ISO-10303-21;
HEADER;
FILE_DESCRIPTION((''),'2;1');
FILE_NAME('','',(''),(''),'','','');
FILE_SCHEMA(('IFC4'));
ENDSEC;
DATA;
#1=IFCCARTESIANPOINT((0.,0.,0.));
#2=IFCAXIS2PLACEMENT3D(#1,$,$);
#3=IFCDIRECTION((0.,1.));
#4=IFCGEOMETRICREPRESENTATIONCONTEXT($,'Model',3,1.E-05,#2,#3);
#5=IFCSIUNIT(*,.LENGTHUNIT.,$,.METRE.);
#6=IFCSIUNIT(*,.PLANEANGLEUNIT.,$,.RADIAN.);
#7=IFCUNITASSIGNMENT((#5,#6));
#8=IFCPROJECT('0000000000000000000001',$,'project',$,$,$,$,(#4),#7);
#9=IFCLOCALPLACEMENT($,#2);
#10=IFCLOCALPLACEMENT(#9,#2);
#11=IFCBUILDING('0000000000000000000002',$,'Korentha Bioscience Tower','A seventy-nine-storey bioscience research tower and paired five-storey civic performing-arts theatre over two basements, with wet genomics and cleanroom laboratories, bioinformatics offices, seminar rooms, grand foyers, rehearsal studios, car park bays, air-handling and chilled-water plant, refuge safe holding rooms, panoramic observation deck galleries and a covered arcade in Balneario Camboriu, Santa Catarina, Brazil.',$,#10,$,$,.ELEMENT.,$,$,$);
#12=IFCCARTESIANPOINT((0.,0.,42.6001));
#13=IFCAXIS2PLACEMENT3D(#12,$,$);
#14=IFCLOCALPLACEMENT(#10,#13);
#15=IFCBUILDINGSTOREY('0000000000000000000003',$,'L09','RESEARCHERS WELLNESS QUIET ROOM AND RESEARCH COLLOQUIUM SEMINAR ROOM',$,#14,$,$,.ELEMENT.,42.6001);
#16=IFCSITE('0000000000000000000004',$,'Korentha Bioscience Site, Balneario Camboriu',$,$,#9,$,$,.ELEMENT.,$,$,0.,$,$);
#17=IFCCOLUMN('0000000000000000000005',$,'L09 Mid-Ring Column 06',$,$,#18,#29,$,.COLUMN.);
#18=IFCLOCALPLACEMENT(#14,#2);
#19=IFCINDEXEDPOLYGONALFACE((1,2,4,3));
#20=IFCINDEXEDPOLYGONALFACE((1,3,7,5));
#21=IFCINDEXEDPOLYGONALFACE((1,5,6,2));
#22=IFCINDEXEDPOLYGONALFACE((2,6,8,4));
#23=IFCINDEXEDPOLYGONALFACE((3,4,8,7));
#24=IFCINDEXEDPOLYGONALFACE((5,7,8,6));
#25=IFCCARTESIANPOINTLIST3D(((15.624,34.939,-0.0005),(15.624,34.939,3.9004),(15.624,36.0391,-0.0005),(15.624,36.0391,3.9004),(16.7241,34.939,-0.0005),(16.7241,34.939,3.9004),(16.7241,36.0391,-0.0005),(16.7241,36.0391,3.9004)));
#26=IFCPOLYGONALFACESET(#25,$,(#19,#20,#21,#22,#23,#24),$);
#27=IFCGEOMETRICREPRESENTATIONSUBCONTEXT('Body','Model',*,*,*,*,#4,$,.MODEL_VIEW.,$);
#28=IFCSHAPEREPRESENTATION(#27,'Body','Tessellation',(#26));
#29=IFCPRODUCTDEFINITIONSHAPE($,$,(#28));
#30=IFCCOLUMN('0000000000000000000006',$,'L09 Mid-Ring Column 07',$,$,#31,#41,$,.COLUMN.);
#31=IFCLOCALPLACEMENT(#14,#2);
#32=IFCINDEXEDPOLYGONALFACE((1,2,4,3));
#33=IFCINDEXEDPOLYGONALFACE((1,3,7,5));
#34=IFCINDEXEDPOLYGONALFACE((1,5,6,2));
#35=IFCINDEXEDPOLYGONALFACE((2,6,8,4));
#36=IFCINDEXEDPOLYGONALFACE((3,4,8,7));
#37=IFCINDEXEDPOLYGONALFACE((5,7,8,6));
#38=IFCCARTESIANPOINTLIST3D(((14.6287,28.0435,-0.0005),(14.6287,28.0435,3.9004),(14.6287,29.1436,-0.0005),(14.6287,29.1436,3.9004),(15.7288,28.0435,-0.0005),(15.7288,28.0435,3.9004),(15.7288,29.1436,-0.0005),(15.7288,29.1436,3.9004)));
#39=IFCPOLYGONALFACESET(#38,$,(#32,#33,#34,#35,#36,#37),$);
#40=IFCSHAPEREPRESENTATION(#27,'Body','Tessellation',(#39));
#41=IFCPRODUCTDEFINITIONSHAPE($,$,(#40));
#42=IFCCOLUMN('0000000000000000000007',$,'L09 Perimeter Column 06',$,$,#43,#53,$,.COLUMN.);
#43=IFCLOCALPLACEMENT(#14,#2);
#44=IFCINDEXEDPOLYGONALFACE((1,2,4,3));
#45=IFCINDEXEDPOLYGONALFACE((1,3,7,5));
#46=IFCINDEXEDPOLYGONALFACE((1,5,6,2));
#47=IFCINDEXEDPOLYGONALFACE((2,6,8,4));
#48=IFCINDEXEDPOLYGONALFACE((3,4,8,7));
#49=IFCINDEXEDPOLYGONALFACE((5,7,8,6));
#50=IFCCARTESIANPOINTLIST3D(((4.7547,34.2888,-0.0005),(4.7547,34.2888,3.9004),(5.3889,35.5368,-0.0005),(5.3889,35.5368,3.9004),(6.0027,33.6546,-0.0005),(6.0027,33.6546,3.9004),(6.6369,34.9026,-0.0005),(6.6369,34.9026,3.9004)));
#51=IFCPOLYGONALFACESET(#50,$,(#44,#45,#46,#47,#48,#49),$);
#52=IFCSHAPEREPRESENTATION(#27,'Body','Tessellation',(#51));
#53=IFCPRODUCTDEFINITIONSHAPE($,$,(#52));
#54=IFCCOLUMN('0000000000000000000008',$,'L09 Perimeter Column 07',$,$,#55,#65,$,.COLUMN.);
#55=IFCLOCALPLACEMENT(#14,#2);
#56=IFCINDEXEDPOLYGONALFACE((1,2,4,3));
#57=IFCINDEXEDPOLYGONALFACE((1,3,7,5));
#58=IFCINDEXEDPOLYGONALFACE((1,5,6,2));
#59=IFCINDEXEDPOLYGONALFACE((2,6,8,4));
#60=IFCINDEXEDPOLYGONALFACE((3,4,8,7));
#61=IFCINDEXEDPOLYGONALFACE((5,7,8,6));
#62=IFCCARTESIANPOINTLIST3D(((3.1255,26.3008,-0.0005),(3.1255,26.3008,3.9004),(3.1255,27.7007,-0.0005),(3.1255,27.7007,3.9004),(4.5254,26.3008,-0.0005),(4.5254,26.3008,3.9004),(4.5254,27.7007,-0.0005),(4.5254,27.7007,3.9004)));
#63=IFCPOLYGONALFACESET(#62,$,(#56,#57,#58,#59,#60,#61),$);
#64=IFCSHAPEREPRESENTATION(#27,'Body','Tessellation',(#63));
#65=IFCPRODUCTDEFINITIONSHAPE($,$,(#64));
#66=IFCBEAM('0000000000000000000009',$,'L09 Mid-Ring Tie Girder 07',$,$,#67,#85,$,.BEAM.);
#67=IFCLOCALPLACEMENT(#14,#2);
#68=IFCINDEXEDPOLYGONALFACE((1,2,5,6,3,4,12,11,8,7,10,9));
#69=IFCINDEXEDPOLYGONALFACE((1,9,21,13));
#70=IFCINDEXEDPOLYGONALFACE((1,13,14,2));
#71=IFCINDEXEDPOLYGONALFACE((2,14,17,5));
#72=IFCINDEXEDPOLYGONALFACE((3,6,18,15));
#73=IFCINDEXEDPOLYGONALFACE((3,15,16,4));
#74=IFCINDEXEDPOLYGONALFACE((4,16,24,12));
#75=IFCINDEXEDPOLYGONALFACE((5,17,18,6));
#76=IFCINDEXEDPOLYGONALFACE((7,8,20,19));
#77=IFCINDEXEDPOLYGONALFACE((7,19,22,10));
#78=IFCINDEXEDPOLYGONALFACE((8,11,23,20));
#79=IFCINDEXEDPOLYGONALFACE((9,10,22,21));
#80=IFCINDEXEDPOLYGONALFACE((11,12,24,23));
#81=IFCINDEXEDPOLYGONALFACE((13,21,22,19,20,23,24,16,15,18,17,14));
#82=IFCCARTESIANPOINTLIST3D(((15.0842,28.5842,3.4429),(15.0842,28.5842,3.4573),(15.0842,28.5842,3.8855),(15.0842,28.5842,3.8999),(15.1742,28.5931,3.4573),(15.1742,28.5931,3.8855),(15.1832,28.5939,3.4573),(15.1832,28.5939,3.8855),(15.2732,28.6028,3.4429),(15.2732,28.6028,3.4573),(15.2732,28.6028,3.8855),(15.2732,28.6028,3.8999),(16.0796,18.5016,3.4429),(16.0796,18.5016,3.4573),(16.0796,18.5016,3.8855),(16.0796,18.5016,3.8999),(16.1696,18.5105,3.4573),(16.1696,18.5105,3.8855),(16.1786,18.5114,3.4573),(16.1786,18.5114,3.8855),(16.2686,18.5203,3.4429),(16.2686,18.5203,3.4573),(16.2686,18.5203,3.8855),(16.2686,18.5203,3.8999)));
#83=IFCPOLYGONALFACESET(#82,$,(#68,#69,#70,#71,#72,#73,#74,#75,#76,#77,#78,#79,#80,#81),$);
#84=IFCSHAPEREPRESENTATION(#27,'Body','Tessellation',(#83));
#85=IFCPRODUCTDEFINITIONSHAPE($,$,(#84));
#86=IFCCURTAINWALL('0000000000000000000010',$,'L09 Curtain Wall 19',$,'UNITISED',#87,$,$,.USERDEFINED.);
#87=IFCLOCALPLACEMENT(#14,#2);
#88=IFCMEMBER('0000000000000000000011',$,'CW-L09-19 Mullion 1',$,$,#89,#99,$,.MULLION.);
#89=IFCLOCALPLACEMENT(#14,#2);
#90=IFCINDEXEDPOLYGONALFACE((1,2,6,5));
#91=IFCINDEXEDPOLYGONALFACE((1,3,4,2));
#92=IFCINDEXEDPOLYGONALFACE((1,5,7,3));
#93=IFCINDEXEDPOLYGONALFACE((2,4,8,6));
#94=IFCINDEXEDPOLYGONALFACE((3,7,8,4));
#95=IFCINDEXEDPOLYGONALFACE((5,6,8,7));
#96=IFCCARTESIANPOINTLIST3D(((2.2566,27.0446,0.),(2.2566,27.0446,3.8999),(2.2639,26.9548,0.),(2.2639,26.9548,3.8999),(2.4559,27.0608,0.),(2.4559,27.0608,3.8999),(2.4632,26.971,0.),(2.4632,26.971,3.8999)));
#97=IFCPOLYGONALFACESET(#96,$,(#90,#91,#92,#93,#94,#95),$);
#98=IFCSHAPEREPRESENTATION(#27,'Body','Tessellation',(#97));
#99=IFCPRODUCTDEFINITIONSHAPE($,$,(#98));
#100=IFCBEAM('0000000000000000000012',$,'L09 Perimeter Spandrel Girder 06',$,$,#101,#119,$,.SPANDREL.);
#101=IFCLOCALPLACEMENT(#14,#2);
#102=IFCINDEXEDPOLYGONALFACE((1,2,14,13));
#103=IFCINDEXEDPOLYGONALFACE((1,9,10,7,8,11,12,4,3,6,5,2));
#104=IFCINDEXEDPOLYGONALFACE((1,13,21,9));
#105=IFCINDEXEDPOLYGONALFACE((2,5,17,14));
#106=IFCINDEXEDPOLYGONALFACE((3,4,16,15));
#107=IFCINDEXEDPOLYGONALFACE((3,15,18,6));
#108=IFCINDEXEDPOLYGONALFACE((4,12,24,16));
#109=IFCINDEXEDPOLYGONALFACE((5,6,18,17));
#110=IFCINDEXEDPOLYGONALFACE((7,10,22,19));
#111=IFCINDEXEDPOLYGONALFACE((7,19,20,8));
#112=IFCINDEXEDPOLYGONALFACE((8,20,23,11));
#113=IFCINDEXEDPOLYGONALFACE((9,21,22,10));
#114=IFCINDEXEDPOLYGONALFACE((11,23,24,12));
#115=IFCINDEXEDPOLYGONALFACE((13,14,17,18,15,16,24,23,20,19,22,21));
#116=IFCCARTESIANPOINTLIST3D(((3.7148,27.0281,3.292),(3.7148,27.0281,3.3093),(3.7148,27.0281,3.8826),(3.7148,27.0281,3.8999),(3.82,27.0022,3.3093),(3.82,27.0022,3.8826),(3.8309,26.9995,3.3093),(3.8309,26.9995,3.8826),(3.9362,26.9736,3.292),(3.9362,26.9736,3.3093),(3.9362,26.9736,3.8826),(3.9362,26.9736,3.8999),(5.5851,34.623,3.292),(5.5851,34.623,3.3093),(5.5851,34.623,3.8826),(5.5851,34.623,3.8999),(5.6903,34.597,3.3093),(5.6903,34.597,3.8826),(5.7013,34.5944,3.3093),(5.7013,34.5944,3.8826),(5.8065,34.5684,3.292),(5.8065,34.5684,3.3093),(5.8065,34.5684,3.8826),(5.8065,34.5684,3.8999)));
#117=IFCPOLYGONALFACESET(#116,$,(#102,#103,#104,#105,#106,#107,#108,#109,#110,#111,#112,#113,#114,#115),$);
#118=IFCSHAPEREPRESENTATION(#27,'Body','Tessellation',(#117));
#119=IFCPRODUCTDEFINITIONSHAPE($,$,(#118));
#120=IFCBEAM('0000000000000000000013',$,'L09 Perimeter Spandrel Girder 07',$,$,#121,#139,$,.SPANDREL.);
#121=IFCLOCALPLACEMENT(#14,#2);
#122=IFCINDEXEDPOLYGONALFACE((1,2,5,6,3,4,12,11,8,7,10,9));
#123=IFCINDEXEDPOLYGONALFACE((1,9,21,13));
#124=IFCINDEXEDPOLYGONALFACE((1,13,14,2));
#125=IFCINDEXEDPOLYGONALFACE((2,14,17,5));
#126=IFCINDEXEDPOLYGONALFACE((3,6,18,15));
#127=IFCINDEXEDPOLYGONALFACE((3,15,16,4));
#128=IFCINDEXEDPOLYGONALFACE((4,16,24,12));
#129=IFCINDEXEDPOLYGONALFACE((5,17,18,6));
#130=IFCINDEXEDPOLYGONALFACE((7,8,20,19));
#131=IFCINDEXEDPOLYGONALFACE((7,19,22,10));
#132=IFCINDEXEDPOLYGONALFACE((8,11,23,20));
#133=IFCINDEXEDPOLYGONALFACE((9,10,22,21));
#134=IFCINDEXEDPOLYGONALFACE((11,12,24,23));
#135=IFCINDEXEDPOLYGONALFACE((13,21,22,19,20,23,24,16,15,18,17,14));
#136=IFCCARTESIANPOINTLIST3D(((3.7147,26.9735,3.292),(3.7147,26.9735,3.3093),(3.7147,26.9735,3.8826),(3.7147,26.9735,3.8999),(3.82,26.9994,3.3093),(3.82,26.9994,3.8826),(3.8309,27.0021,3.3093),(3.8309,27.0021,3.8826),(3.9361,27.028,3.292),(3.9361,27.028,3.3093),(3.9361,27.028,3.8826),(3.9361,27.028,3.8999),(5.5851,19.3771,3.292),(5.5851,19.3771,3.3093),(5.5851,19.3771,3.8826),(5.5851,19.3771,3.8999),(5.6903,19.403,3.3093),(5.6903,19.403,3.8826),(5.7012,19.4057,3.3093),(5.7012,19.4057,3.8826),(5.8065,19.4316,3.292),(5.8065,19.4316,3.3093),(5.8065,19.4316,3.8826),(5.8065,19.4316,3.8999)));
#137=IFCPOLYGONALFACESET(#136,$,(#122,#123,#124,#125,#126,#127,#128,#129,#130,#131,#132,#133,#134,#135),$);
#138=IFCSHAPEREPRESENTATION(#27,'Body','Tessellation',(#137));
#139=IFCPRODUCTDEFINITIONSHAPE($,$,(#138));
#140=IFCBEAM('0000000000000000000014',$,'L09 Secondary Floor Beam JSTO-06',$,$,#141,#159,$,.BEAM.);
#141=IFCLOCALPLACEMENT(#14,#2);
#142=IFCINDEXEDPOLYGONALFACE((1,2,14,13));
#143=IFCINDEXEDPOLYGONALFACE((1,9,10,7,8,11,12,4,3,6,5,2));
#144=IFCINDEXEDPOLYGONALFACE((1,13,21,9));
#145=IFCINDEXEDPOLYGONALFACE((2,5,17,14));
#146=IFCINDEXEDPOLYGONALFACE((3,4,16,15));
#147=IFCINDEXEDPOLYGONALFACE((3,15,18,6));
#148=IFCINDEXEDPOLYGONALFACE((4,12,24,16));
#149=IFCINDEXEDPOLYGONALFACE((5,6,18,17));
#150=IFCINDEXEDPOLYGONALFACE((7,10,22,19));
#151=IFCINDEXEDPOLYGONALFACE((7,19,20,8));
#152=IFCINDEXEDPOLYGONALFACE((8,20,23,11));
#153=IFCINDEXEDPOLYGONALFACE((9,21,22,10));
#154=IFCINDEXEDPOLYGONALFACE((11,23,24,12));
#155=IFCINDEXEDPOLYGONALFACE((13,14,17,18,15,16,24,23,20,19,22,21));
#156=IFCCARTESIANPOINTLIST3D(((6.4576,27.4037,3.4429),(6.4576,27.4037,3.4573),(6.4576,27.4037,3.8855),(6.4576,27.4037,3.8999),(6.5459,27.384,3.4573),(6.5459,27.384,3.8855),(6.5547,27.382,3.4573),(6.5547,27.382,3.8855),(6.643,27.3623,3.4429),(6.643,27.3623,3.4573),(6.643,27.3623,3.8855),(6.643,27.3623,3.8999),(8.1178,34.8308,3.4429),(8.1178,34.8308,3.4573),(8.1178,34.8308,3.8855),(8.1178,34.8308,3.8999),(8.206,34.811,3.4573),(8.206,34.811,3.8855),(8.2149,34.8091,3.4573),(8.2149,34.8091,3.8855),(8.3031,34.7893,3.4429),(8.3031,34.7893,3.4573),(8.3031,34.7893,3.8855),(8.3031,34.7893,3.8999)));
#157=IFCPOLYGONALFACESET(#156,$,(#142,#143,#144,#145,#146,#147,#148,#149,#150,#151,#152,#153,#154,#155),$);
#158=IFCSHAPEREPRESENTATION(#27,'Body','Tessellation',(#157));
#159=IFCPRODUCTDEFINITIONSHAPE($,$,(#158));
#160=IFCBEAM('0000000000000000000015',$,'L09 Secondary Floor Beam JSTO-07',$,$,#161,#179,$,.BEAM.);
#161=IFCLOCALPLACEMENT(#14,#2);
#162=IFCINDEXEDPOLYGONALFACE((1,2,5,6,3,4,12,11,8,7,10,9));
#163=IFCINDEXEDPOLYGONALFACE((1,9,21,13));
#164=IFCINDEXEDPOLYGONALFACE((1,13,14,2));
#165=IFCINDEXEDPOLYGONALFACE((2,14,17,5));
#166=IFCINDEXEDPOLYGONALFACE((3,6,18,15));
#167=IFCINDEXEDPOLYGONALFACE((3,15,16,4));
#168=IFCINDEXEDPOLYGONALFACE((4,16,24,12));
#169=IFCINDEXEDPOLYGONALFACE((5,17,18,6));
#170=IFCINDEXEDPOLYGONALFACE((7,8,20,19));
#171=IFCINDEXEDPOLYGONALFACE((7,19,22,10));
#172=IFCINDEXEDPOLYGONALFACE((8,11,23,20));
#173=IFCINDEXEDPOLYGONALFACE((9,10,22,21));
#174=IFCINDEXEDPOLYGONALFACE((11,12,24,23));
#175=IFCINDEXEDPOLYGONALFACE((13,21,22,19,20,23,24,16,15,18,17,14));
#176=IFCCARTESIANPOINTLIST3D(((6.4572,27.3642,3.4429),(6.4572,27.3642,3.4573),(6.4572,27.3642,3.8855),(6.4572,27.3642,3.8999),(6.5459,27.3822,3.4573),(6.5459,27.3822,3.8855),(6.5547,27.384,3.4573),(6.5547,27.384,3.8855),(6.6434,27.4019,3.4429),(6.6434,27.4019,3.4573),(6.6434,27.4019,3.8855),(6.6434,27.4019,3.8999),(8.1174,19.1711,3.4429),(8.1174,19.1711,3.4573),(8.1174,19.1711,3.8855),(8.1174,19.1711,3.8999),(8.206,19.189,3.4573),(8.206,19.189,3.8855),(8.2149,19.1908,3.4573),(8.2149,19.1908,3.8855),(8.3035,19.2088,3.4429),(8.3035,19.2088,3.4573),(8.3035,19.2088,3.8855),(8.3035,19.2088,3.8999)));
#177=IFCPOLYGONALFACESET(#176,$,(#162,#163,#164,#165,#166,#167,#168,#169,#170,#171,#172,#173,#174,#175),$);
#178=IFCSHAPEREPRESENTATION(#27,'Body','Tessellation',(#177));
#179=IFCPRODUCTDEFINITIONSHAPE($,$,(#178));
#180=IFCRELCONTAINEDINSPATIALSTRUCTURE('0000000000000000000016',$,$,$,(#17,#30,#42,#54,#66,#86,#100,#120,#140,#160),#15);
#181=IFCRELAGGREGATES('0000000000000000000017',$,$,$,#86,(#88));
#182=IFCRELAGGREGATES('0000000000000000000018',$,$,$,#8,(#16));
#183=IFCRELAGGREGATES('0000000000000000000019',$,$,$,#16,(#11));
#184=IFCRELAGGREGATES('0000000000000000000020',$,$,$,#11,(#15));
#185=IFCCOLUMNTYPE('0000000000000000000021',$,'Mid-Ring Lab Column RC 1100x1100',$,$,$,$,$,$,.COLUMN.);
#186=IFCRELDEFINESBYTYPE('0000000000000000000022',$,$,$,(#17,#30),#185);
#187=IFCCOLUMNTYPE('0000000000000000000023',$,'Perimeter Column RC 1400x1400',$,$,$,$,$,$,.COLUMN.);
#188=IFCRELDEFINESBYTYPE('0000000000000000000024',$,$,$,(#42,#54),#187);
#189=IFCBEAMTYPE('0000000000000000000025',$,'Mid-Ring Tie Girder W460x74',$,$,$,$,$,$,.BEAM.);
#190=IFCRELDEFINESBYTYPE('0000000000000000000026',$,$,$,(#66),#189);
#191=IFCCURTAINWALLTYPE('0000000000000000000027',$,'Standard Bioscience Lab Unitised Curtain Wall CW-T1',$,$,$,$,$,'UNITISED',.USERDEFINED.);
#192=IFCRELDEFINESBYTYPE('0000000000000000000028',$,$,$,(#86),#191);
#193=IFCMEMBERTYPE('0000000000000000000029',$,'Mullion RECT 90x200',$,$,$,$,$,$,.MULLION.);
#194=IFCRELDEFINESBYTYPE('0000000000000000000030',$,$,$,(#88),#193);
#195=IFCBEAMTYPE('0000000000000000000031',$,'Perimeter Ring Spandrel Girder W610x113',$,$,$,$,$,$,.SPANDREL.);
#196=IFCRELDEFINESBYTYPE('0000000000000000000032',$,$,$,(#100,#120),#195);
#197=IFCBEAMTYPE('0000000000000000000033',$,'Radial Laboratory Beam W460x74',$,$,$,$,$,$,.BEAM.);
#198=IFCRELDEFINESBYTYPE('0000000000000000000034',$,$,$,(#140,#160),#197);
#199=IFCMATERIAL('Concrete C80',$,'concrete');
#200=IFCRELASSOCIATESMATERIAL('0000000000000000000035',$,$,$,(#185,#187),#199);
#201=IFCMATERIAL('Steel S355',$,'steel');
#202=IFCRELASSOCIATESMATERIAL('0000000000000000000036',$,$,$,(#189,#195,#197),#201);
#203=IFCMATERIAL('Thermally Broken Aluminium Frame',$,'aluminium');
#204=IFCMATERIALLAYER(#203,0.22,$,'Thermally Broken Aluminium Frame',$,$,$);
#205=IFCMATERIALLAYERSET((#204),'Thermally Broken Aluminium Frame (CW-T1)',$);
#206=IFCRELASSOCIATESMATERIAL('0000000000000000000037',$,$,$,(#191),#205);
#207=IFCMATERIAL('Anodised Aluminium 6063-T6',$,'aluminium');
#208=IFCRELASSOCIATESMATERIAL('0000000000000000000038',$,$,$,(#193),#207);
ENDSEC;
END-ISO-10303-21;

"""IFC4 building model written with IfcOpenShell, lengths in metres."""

from ifc_helpers import new_model, si_unit, direction, frame, origin, origin_2d, place, context, subcontext, project, spatial, rectangle, i_section, extrude, material, layer, layer_set, material_profile, profile_set, type_object, element, aggregate, save


model = new_model("IFC4")

# Units and contexts
model_context = context("Model", 3, precision=1e-05, world=origin(), true_north=direction((0.0, 1.0)))
body_context = subcontext(model_context, "Body", "Model", "MODEL_VIEW")
ifc_project = project(units=[si_unit("LENGTHUNIT", "METRE"), si_unit("PLANEANGLEUNIT", "RADIAN")], contexts=[model_context])

# Site, building, storey
site_placement = place(None, origin())
site = spatial("IfcSite", under=ifc_project, at=site_placement, Name="Korentha Bioscience Site, Balneario Camboriu", CompositionType="ELEMENT", RefElevation=0.0)
building_placement = place(site_placement, origin())
building = spatial("IfcBuilding", under=site, at=building_placement, Name="Korentha Bioscience Tower", Description="A seventy-nine-storey bioscience research tower and paired five-storey civic performing-arts theatre over two basements, with wet genomics and cleanroom laboratories, bioinformatics offices, seminar rooms, grand foyers, rehearsal studios, car park bays, air-handling and chilled-water plant, refuge safe holding rooms, panoramic observation deck galleries and a covered arcade in Balneario Camboriu, Santa Catarina, Brazil.", CompositionType="ELEMENT")
storey_placement = place(building_placement, frame((0.0, 0.0, 42.6001)))
storey = spatial("IfcBuildingStorey", under=building, at=storey_placement, Name="L09", Description="RESEARCHERS WELLNESS QUIET ROOM AND RESEARCH COLLOQUIUM SEMINAR ROOM", CompositionType="ELEMENT", Elevation=42.6001)

# Columns
ifc_material_1 = material(Name="Concrete C80", Category="concrete")
ifc_material_profile_1 = material_profile(ifc_material_1, rectangle(XDim=1.1001, YDim=1.1001, at=origin_2d()), Name="Concrete C80")
ifc_profile_set_1 = profile_set([ifc_material_profile_1], Name="Concrete C80 (COL-MR11)")
column_type_1 = type_object("IfcColumnType", Name="Mid-Ring Lab Column RC 1100x1100", PredefinedType="COLUMN", material=ifc_profile_set_1)
for number, where, z_axis, x_axis, name in (
    (1, (16.1741, 35.489, -0.0005), (0.0, 0.0, 1.0), (1.0, 0.0, 0.0), "L09 Mid-Ring Column 06"),
    (2, (15.1787, 28.5935, -0.0005), (0.0, 0.0, 1.0), (1.0, 0.0, 0.0), "L09 Mid-Ring Column 07"),
):
    element("IfcColumn", number, at=place(storey_placement, frame(where, z_axis=z_axis, x_axis=x_axis)), inside=storey, type_object=column_type_1, Name=name, PredefinedType="COLUMN", context=body_context, shape_type="SweptSolid", body=[
        extrude(rectangle(XDim=1.1001, YDim=1.1001, at=origin_2d()), origin(), (0.0, 0.0, 1.0), 3.9009),
    ])
ifc_material_profile_2 = material_profile(ifc_material_1, rectangle(XDim=1.3999, YDim=1.3999, at=origin_2d()), Name="Concrete C80")
ifc_profile_set_2 = profile_set([ifc_material_profile_2], Name="Concrete C80 (COL-P14)")
column_type_2 = type_object("IfcColumnType", Name="Perimeter Column RC 1400x1400", PredefinedType="COLUMN", material=ifc_profile_set_2)
for number, where, z_axis, x_axis, name in (
    (3, (5.6958, 34.5957, -0.0005), (0.0, 0.0, 1.0), (0.453057, 0.891481, 0.0), "L09 Perimeter Column 06"),
    (4, (3.8254, 27.0007, -0.0005), (0.0, 0.0, 1.0), (0.0, 1.0, 0.0), "L09 Perimeter Column 07"),
):
    element("IfcColumn", number, at=place(storey_placement, frame(where, z_axis=z_axis, x_axis=x_axis)), inside=storey, type_object=column_type_2, Name=name, PredefinedType="COLUMN", context=body_context, shape_type="SweptSolid", body=[
        extrude(rectangle(XDim=1.3999, YDim=1.3999, at=origin_2d()), origin(), (0.0, 0.0, 1.0), 3.9009),
    ])

# Beam
ifc_material_2 = material(Name="Steel S355", Category="steel")
ifc_material_profile_3 = material_profile(ifc_material_2, i_section(OverallWidth=0.1899, OverallDepth=0.457, WebThickness=0.009, FlangeThickness=0.0144, at=origin_2d()), Name="Steel S355")
ifc_profile_set_3 = profile_set([ifc_material_profile_3], Name="Steel S355 (MB-460)")
beam_type_1 = type_object("IfcBeamType", Name="Mid-Ring Tie Girder W460x74", PredefinedType="BEAM", material=ifc_profile_set_3)
beam_1_placement = place(storey_placement, frame((15.1787, 28.5935, 3.6714), z_axis=(0.098244, -0.995162, 0.0), x_axis=(0.995162, 0.098244, 0.0)))
element("IfcBeam", 5, at=beam_1_placement, inside=storey, type_object=beam_type_1, Name="L09 Mid-Ring Tie Girder 07", PredefinedType="BEAM", context=body_context, shape_type="SweptSolid", body=[
    extrude(i_section(OverallWidth=0.1899, OverallDepth=0.457, WebThickness=0.009, FlangeThickness=0.0144, at=origin_2d()), origin(), (0.0, 0.0, 1.0), 10.1316),
])

# Curtain wall, member
ifc_material_3 = material(Name="Thermally Broken Aluminium Frame", Category="aluminium")
ifc_layer_1 = layer(ifc_material_3, 0.22, Name="Thermally Broken Aluminium Frame")
ifc_layer_set_1 = layer_set([ifc_layer_1], Name="Thermally Broken Aluminium Frame (CW-T1)")
curtain_wall_type = type_object("IfcCurtainWallType", Name="Standard Bioscience Lab Unitised Curtain Wall CW-T1", ElementType="UNITISED", PredefinedType="USERDEFINED", material=ifc_layer_set_1)
curtain_wall_placement = place(storey_placement, origin())
curtain_wall = element("IfcCurtainWall", 6, at=curtain_wall_placement, inside=storey, type_object=curtain_wall_type, Name="L09 Curtain Wall 19", ObjectType="UNITISED", PredefinedType="USERDEFINED")
ifc_material_4 = material(Name="Anodised Aluminium 6063-T6", Category="aluminium")
ifc_material_profile_4 = material_profile(ifc_material_4, rectangle(XDim=0.0901, YDim=0.2, at=origin_2d()), Name="Anodised Aluminium 6063-T6")
ifc_profile_set_4 = profile_set([ifc_material_profile_4], Name="Anodised Aluminium 6063-T6 (CW-MUL)")
member_type_1 = type_object("IfcMemberType", Name="Mullion RECT 90x200", PredefinedType="MULLION", material=ifc_profile_set_4)
member_1_placement = place(storey_placement, frame((2.3599, 27.0078, 0.0), z_axis=(0.0, 0.0, 1.0), x_axis=(0.08082, -0.996729, 0.0)))
member_1 = element("IfcMember", 7, at=member_1_placement, type_object=member_type_1, Name="CW-L09-19 Mullion 1", PredefinedType="MULLION", context=body_context, shape_type="SweptSolid", body=[
    extrude(rectangle(XDim=0.0901, YDim=0.2, at=origin_2d()), origin(), (0.0, 0.0, 1.0), 3.8999),
])

# Beams
ifc_material_profile_5 = material_profile(ifc_material_2, i_section(OverallWidth=0.228, OverallDepth=0.6079, WebThickness=0.0112, FlangeThickness=0.0173, at=origin_2d()), Name="Steel S355")
ifc_profile_set_5 = profile_set([ifc_material_profile_5], Name="Steel S355 (SB-610)")
beam_type_2 = type_object("IfcBeamType", Name="Perimeter Ring Spandrel Girder W610x113", PredefinedType="SPANDREL", material=ifc_profile_set_5)
beam_2_placement = place(storey_placement, frame((5.6958, 34.5957, 3.5959), z_axis=(-0.239119, -0.97099, 0.0), x_axis=(0.97099, -0.239119, 0.0)))
element("IfcBeam", 8, at=beam_2_placement, inside=storey, type_object=beam_type_2, Name="L09 Perimeter Spandrel Girder 06", PredefinedType="SPANDREL", context=body_context, shape_type="SweptSolid", body=[
    extrude(i_section(OverallWidth=0.228, OverallDepth=0.6079, WebThickness=0.0112, FlangeThickness=0.0173, at=origin_2d()), origin(), (0.0, 0.0, 1.0), 7.8218),
])
beam_3_placement = place(storey_placement, frame((3.8254, 27.0007, 3.5959), z_axis=(0.239076, -0.971001, 0.0), x_axis=(0.971001, 0.239076, 0.0)))
element("IfcBeam", 9, at=beam_3_placement, inside=storey, type_object=beam_type_2, Name="L09 Perimeter Spandrel Girder 07", PredefinedType="SPANDREL", context=body_context, shape_type="SweptSolid", body=[
    extrude(i_section(OverallWidth=0.228, OverallDepth=0.6079, WebThickness=0.0112, FlangeThickness=0.0173, at=origin_2d()), origin(), (0.0, 0.0, 1.0), 7.8232),
])
ifc_material_profile_6 = material_profile(ifc_material_2, i_section(OverallWidth=0.1899, OverallDepth=0.457, WebThickness=0.009, FlangeThickness=0.0144, at=origin_2d()), Name="Steel S355")
ifc_profile_set_6 = profile_set([ifc_material_profile_6], Name="Steel S355 (RB-460)")
beam_type_3 = type_object("IfcBeamType", Name="Radial Laboratory Beam W460x74", PredefinedType="BEAM", material=ifc_profile_set_6)
beam_4_placement = place(storey_placement, frame((8.2104, 34.8101, 3.6714), z_axis=(-0.218146, -0.975916, 0.0), x_axis=(0.975916, -0.218146, 0.0)))
element("IfcBeam", 10, at=beam_4_placement, inside=storey, type_object=beam_type_3, Name="L09 Secondary Floor Beam JSTO-06", PredefinedType="BEAM", context=body_context, shape_type="SweptSolid", body=[
    extrude(i_section(OverallWidth=0.1899, OverallDepth=0.457, WebThickness=0.009, FlangeThickness=0.0144, at=origin_2d()), origin(), (0.0, 0.0, 1.0), 7.6104),
])
beam_5_placement = place(storey_placement, frame((6.5503, 27.3831, 3.6714), z_axis=(0.198592, -0.980082, 0.0), x_axis=(0.980082, 0.198592, 0.0)))
element("IfcBeam", 11, at=beam_5_placement, inside=storey, type_object=beam_type_3, Name="L09 Secondary Floor Beam JSTO-07", PredefinedType="BEAM", context=body_context, shape_type="SweptSolid", body=[
    extrude(i_section(OverallWidth=0.1899, OverallDepth=0.457, WebThickness=0.009, FlangeThickness=0.0144, at=origin_2d()), origin(), (0.0, 0.0, 1.0), 8.3596),
])

aggregate(curtain_wall, [member_1])

save(model, "model.ifc")
